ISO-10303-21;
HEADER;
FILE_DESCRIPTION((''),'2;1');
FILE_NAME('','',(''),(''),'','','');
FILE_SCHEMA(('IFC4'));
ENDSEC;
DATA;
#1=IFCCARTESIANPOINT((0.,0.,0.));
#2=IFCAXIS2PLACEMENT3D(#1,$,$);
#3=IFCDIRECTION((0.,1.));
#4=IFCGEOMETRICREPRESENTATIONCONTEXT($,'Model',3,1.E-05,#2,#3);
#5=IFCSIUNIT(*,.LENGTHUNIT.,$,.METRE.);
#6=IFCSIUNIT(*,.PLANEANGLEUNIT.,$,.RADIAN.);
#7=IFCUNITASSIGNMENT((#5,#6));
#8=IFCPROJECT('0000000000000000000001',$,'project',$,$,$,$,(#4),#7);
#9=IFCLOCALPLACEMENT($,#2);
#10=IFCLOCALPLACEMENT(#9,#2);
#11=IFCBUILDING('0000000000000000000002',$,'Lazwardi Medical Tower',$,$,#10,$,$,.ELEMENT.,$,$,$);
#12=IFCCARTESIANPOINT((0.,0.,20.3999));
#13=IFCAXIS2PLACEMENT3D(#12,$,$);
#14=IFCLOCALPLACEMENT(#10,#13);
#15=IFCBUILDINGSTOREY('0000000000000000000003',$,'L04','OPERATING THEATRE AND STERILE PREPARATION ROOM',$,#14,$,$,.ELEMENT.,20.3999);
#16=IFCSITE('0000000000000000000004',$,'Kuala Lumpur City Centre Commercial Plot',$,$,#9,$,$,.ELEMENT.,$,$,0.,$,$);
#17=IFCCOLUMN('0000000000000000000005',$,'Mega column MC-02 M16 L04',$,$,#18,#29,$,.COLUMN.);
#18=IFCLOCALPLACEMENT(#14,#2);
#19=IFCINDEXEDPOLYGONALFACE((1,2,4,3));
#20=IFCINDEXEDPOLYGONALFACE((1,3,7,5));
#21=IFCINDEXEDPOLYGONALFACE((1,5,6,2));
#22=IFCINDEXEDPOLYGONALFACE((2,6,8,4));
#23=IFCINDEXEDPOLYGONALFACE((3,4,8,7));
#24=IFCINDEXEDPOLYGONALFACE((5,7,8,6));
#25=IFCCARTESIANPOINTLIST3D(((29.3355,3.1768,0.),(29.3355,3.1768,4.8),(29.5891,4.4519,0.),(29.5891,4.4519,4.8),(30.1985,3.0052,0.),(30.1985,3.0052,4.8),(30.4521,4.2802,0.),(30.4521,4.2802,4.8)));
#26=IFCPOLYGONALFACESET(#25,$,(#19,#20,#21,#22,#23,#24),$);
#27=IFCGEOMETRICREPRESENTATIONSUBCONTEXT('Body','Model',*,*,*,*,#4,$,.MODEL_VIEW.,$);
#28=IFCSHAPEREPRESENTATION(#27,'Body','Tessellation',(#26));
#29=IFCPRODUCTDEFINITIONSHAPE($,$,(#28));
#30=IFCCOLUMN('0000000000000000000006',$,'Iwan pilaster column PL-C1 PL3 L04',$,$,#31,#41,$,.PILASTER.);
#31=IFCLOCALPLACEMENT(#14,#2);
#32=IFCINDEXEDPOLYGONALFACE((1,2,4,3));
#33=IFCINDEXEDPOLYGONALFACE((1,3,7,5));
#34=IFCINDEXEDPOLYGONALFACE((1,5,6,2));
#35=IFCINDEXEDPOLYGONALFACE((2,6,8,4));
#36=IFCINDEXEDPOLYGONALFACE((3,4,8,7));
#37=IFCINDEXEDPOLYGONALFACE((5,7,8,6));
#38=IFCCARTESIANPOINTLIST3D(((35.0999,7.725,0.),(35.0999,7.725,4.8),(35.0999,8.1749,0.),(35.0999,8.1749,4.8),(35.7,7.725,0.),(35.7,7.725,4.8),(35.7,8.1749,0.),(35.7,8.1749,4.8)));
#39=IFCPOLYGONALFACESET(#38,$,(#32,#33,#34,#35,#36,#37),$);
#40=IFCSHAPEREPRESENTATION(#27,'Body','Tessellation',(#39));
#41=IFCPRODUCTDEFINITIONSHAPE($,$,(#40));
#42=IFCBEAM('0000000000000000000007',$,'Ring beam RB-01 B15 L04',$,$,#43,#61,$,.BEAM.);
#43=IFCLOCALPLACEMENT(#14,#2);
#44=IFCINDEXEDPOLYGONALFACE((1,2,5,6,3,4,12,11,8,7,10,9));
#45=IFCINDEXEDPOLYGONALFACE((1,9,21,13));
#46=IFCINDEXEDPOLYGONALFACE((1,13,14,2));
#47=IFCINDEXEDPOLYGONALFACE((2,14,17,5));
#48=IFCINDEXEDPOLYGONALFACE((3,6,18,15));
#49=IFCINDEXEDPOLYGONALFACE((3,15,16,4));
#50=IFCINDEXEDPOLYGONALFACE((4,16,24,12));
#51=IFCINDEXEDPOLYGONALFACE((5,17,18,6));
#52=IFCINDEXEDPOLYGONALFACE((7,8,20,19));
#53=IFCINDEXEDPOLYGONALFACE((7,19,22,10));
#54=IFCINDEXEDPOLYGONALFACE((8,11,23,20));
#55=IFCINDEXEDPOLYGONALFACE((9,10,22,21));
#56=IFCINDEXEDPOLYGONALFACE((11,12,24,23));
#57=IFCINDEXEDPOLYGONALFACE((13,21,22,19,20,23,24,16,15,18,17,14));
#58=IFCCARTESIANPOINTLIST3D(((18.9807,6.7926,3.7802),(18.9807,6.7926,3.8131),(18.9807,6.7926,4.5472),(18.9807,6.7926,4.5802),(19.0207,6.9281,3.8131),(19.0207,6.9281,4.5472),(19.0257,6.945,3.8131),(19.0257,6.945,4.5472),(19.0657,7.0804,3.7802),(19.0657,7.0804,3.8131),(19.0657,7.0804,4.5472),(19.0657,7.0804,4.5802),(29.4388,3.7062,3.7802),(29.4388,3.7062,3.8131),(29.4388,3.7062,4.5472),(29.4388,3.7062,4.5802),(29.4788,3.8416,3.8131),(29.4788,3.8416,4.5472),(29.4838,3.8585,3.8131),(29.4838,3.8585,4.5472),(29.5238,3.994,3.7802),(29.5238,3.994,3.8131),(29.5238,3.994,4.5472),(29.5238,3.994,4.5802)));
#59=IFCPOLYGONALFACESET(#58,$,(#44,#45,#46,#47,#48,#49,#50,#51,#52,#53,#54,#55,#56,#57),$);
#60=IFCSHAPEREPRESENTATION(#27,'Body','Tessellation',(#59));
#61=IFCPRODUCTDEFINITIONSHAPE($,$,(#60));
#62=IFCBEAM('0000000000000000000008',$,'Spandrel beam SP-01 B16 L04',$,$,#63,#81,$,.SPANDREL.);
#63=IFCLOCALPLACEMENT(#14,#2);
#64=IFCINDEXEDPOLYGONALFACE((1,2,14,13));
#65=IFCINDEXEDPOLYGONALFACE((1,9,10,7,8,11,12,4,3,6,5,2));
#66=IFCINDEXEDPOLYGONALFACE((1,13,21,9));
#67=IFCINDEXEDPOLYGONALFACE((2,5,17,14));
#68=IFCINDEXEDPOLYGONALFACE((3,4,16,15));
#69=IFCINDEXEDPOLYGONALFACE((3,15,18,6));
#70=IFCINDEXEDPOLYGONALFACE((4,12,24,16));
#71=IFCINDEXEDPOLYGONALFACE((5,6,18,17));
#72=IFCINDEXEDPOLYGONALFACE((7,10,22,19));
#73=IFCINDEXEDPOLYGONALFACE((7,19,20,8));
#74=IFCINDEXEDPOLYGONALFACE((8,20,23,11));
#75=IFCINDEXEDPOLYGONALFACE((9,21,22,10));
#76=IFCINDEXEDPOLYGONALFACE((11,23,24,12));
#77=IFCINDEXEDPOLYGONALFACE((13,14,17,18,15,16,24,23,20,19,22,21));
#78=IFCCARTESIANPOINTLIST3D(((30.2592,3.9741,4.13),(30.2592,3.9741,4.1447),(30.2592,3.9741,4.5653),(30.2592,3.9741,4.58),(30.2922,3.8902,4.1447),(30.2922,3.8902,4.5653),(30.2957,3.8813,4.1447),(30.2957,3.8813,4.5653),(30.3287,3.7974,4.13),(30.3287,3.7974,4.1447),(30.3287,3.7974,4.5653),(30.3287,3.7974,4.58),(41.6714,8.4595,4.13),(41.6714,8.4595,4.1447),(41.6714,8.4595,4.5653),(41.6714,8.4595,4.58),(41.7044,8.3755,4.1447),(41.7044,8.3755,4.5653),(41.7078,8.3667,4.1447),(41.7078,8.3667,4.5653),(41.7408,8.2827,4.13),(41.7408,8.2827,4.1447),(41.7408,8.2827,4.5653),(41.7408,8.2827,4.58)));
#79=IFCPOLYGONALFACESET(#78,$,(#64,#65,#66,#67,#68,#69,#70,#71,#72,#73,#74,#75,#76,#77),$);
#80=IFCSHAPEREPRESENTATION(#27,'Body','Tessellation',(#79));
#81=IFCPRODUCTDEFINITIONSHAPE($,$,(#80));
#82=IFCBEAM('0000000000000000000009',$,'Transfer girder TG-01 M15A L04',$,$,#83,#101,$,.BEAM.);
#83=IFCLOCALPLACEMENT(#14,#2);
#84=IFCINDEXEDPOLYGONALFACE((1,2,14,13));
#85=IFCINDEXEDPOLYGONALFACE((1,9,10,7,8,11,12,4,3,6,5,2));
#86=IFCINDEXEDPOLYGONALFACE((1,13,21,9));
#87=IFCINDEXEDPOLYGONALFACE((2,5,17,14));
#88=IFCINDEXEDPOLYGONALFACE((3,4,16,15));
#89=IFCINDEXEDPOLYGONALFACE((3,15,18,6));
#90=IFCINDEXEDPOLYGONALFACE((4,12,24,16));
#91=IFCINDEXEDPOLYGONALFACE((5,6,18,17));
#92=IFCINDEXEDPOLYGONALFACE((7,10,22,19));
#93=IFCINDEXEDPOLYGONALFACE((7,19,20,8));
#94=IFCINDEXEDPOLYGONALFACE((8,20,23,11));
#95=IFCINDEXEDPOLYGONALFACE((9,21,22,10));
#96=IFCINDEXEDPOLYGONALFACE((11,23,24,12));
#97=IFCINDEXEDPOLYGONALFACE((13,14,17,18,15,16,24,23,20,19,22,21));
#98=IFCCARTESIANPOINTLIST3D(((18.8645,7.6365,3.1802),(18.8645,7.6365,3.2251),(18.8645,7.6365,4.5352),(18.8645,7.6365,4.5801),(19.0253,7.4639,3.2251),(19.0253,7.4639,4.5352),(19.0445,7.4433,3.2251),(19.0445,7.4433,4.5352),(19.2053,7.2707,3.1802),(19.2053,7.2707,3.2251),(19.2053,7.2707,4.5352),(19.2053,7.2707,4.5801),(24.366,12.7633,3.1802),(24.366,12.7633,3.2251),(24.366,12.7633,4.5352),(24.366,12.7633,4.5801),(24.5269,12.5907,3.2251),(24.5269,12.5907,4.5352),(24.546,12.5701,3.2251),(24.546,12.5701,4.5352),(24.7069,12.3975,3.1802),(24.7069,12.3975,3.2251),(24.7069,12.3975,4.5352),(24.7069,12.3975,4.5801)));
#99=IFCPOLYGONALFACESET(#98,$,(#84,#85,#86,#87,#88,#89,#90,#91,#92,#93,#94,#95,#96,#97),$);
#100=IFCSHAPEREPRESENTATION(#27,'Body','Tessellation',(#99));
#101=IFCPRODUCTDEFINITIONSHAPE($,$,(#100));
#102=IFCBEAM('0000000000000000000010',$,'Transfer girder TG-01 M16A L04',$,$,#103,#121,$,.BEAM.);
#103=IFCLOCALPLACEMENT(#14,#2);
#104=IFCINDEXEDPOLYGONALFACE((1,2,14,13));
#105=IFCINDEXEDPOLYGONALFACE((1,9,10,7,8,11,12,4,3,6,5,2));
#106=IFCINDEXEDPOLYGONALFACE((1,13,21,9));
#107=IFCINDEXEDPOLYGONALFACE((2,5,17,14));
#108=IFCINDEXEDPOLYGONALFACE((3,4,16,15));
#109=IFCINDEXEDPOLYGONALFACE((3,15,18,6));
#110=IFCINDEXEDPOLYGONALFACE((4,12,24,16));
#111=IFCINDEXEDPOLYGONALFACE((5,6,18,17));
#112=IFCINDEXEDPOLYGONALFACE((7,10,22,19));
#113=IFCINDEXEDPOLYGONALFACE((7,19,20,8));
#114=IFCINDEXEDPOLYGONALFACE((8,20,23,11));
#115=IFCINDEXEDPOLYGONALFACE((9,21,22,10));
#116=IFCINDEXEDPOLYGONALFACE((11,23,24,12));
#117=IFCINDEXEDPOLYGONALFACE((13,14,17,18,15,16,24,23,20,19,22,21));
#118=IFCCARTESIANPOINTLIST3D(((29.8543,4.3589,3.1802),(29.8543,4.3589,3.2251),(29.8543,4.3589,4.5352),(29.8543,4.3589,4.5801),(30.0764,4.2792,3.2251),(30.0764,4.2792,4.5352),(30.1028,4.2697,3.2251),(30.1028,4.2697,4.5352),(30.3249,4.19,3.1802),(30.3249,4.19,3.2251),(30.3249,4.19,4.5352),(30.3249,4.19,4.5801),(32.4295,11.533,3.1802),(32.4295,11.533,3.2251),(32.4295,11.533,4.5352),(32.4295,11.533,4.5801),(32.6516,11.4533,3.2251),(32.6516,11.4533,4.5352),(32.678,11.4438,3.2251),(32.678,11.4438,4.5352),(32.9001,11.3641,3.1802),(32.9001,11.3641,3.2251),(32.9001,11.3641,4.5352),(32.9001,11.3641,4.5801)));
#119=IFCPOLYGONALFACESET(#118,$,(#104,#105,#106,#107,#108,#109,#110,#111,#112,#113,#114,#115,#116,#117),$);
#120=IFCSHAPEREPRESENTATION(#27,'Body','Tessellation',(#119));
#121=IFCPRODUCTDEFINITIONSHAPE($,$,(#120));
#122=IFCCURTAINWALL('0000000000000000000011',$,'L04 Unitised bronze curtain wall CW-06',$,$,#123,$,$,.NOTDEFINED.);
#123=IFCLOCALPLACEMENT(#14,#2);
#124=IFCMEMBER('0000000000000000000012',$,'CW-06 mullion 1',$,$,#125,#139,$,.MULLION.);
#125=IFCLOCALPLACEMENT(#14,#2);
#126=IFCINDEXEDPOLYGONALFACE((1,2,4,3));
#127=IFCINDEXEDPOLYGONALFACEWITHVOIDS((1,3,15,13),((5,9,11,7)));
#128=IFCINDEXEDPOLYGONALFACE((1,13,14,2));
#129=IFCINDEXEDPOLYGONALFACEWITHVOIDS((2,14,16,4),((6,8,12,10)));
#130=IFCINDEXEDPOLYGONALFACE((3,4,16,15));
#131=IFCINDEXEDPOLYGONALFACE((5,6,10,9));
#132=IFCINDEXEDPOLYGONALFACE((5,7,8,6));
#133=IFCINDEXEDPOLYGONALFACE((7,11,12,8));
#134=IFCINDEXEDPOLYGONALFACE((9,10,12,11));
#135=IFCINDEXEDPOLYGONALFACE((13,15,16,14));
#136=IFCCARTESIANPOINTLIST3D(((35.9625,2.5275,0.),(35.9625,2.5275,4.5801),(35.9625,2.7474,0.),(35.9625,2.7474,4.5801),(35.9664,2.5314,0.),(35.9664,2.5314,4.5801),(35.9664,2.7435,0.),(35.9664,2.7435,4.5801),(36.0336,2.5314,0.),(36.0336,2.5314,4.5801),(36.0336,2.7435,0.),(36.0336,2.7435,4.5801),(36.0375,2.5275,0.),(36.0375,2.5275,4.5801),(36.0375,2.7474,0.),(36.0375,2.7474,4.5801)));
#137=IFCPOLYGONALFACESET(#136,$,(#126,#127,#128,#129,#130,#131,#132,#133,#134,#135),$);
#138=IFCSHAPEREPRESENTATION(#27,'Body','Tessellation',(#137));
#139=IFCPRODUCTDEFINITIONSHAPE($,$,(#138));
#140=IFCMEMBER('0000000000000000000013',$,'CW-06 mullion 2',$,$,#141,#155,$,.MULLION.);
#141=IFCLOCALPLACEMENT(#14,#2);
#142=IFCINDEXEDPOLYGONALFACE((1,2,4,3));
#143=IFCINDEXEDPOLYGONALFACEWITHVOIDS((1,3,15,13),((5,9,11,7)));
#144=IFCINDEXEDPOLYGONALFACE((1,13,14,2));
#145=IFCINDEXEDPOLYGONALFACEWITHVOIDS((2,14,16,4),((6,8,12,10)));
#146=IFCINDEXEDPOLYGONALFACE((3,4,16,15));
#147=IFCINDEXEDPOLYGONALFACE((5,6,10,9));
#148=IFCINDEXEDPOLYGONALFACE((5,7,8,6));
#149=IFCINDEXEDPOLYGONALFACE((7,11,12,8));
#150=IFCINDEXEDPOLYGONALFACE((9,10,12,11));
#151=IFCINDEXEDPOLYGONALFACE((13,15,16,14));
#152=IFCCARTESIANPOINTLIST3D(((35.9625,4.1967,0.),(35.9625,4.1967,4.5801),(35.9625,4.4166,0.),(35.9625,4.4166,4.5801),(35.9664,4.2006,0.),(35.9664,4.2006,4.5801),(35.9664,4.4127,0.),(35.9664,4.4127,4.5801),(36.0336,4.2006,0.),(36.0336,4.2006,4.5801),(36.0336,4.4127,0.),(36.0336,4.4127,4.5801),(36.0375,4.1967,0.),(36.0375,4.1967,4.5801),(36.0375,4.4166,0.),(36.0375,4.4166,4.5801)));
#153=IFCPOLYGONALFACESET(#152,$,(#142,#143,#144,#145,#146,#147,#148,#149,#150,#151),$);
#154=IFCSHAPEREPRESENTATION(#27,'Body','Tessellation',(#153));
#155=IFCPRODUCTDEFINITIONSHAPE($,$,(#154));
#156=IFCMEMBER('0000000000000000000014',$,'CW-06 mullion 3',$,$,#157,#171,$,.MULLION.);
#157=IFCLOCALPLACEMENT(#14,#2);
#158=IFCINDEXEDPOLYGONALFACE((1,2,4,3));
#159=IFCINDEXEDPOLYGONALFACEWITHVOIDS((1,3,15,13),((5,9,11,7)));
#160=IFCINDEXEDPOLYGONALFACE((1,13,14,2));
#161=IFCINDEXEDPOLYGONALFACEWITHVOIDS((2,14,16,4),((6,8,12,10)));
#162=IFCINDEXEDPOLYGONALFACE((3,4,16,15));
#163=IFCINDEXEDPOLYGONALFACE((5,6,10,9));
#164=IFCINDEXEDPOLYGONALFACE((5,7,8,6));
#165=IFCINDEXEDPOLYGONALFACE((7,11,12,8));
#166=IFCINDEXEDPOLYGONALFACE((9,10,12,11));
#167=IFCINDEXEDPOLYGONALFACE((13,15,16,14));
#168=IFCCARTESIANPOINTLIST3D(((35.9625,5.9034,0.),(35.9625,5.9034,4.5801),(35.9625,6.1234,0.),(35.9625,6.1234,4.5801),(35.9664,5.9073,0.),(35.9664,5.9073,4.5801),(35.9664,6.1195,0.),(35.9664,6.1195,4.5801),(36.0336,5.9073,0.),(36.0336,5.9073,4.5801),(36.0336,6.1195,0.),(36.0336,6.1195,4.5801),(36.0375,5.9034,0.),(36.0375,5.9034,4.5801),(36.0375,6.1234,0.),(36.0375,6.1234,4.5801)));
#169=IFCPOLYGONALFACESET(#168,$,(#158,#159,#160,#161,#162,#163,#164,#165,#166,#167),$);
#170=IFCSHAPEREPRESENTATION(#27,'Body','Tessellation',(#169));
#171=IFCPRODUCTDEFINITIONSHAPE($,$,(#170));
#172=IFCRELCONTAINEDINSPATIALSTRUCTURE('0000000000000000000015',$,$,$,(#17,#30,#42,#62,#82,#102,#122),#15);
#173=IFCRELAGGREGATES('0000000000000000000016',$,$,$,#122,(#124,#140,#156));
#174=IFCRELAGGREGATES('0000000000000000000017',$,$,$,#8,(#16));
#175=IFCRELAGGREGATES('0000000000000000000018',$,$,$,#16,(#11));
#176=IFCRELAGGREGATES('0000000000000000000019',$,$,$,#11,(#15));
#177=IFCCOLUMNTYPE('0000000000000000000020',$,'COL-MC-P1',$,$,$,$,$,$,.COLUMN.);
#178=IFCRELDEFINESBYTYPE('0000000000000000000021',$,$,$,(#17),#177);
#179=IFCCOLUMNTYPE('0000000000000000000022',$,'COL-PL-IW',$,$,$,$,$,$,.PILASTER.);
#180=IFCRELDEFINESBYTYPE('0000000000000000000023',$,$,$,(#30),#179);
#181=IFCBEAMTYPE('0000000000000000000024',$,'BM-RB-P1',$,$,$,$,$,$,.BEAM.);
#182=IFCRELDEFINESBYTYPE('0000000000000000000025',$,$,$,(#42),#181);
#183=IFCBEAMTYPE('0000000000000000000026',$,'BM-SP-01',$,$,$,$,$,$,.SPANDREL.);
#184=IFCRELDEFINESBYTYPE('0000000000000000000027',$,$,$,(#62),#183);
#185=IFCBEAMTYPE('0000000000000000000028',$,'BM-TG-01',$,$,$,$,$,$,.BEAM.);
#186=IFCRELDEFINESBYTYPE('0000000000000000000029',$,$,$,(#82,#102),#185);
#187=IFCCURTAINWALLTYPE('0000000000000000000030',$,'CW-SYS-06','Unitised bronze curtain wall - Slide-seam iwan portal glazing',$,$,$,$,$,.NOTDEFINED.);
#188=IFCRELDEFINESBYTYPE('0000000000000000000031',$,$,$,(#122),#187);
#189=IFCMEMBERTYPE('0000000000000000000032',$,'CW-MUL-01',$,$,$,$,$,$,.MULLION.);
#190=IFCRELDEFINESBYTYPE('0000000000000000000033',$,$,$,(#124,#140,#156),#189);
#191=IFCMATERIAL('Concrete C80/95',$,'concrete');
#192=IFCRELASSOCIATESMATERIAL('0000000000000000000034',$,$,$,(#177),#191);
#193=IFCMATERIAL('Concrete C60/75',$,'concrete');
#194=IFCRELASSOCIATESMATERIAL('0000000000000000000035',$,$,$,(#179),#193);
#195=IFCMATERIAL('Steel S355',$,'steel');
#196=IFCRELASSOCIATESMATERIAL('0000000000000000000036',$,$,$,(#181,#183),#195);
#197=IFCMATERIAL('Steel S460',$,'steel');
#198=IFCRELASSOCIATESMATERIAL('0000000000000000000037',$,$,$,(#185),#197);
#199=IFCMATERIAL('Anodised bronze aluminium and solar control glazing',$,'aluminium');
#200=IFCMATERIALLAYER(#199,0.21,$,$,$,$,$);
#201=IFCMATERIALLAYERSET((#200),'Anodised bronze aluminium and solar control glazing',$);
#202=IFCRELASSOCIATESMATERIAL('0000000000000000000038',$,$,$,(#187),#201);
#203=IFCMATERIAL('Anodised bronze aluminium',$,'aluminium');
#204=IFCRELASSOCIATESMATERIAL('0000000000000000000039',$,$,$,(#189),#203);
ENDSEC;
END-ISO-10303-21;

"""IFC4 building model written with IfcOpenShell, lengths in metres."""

from ifc_helpers import new_model, si_unit, direction, frame, origin, origin_2d, place, context, subcontext, project, spatial, rectangle, hollow_rectangle, i_section, extrude, material, layer, layer_set, material_profile, profile_set, type_object, element, aggregate, save


model = new_model("IFC4")

# Units and contexts
model_context = context("Model", 3, precision=1e-05, world=origin(), true_north=direction((0.0, 1.0)))
body_context = subcontext(model_context, "Body", "Model", "MODEL_VIEW")
ifc_project = project(units=[si_unit("LENGTHUNIT", "METRE"), si_unit("PLANEANGLEUNIT", "RADIAN")], contexts=[model_context])

# Site, building, storey
site_placement = place(None, origin())
site = spatial("IfcSite", under=ifc_project, at=site_placement, Name="Kuala Lumpur City Centre Commercial Plot", CompositionType="ELEMENT", RefElevation=0.0)
building_placement = place(site_placement, origin())
building = spatial("IfcBuilding", under=site, at=building_placement, Name="Lazwardi Medical Tower", CompositionType="ELEMENT")
storey_placement = place(building_placement, frame((0.0, 0.0, 20.3999)))
storey = spatial("IfcBuildingStorey", under=building, at=storey_placement, Name="L04", Description="OPERATING THEATRE AND STERILE PREPARATION ROOM", CompositionType="ELEMENT", Elevation=20.3999)

# Columns
ifc_material_1 = material(Name="Concrete C80/95", Category="concrete")
ifc_material_profile_1 = material_profile(ifc_material_1, rectangle(XDim=1.3, YDim=0.8799, at=origin_2d()), Name="CFT-RECT 1300x880")
ifc_profile_set_1 = profile_set([ifc_material_profile_1], Name="Concrete C80/95")
column_type_1 = type_object("IfcColumnType", Name="COL-MC-P1", PredefinedType="COLUMN", material=ifc_profile_set_1)
column_1_placement = place(storey_placement, frame((29.8938, 3.7285, 0.0), z_axis=(0.0, 0.0, 1.0), x_axis=(-0.19509, -0.980785, 0.0)))
element("IfcColumn", 1, at=column_1_placement, inside=storey, type_object=column_type_1, Name="Mega column MC-02 M16 L04", PredefinedType="COLUMN", context=body_context, shape_type="SweptSolid", body=[
    extrude(rectangle(XDim=1.3, YDim=0.8799, at=origin_2d()), origin(), (0.0, 0.0, 1.0), 4.8),
])
ifc_material_2 = material(Name="Concrete C60/75", Category="concrete")
ifc_material_profile_2 = material_profile(ifc_material_2, rectangle(XDim=0.6001, YDim=0.45, at=origin_2d()), Name="RC 600x450")
ifc_profile_set_2 = profile_set([ifc_material_profile_2], Name="Concrete C60/75")
column_type_2 = type_object("IfcColumnType", Name="COL-PL-IW", PredefinedType="PILASTER", material=ifc_profile_set_2)
column_2_placement = place(storey_placement, frame((35.3999, 7.95, 0.0), z_axis=(0.0, 0.0, 1.0), x_axis=(1.0, 0.0, 0.0)))
element("IfcColumn", 2, at=column_2_placement, inside=storey, type_object=column_type_2, Name="Iwan pilaster column PL-C1 PL3 L04", PredefinedType="PILASTER", context=body_context, shape_type="SweptSolid", body=[
    extrude(rectangle(XDim=0.6001, YDim=0.45, at=origin_2d()), origin(), (0.0, 0.0, 1.0), 4.8),
])

# Beams
ifc_material_3 = material(Name="Steel S355", Category="steel")
ifc_material_profile_3 = material_profile(ifc_material_3, i_section(OverallWidth=0.3, OverallDepth=0.8, WebThickness=0.0176, FlangeThickness=0.033, at=origin_2d()), Name="HEB 800")
ifc_profile_set_3 = profile_set([ifc_material_profile_3], Name="Steel S355")
beam_type_1 = type_object("IfcBeamType", Name="BM-RB-P1", PredefinedType="BEAM", material=ifc_profile_set_3)
beam_1_placement = place(storey_placement, frame((19.0232, 6.9365, 4.1802), z_axis=(0.959103, -0.283056, 0.0), x_axis=(0.283056, 0.959103, 0.0)))
element("IfcBeam", 3, at=beam_1_placement, inside=storey, type_object=beam_type_1, Name="Ring beam RB-01 B15 L04", PredefinedType="BEAM", context=body_context, shape_type="SweptSolid", body=[
    extrude(i_section(OverallWidth=0.3, OverallDepth=0.8, WebThickness=0.0176, FlangeThickness=0.033, at=origin_2d()), origin(), (0.0, 0.0, 1.0), 10.9041),
])
ifc_material_profile_4 = material_profile(ifc_material_3, i_section(OverallWidth=0.1899, OverallDepth=0.45, WebThickness=0.0095, FlangeThickness=0.0146, at=origin_2d()), Name="IPE 450")
ifc_profile_set_4 = profile_set([ifc_material_profile_4], Name="Steel S355")
beam_type_2 = type_object("IfcBeamType", Name="BM-SP-01", PredefinedType="SPANDREL", material=ifc_profile_set_4)
beam_2_placement = place(storey_placement, frame((30.2939, 3.8857, 4.355), z_axis=(0.930695, 0.365795, 0.0), x_axis=(-0.365795, 0.930695, 0.0)))
element("IfcBeam", 4, at=beam_2_placement, inside=storey, type_object=beam_type_2, Name="Spandrel beam SP-01 B16 L04", PredefinedType="SPANDREL", context=body_context, shape_type="SweptSolid", body=[
    extrude(i_section(OverallWidth=0.1899, OverallDepth=0.45, WebThickness=0.0095, FlangeThickness=0.0146, at=origin_2d()), origin(), (0.0, 0.0, 1.0), 12.262),
])
ifc_material_4 = material(Name="Steel S460", Category="steel")
ifc_material_profile_5 = material_profile(ifc_material_4, i_section(OverallWidth=0.5, OverallDepth=1.3999, WebThickness=0.0281, FlangeThickness=0.0449, at=origin_2d()), Name="PG 1400x500")
ifc_profile_set_5 = profile_set([ifc_material_profile_5], Name="Steel S460")
beam_type_3 = type_object("IfcBeamType", Name="BM-TG-01", PredefinedType="BEAM", material=ifc_profile_set_5)
beam_3_placement = place(storey_placement, frame((19.0349, 7.4536, 3.8801), z_axis=(0.731585, 0.68175, 0.0), x_axis=(-0.68175, 0.731585, 0.0)))
element("IfcBeam", 5, at=beam_3_placement, inside=storey, type_object=beam_type_3, Name="Transfer girder TG-01 M15A L04", PredefinedType="BEAM", context=body_context, shape_type="SweptSolid", body=[
    extrude(i_section(OverallWidth=0.5, OverallDepth=1.3999, WebThickness=0.0281, FlangeThickness=0.0449, at=origin_2d()), origin(), (0.0, 0.0, 1.0), 7.52),
])
beam_4_placement = place(storey_placement, frame((30.0896, 4.2744, 3.8801), z_axis=(0.337852, 0.941199, 0.0), x_axis=(-0.941199, 0.337852, 0.0)))
element("IfcBeam", 6, at=beam_4_placement, inside=storey, type_object=beam_type_3, Name="Transfer girder TG-01 M16A L04", PredefinedType="BEAM", context=body_context, shape_type="SweptSolid", body=[
    extrude(i_section(OverallWidth=0.5, OverallDepth=1.3999, WebThickness=0.0281, FlangeThickness=0.0449, at=origin_2d()), origin(), (0.0, 0.0, 1.0), 7.6223),
])

# Curtain wall, members
ifc_material_5 = material(Name="Anodised bronze aluminium and solar control glazing", Category="aluminium")
ifc_layer_1 = layer(ifc_material_5, 0.21)
ifc_layer_set_1 = layer_set([ifc_layer_1], Name="Anodised bronze aluminium and solar control glazing")
curtain_wall_type_1 = type_object("IfcCurtainWallType", Name="CW-SYS-06", Description="Unitised bronze curtain wall - Slide-seam iwan portal glazing", PredefinedType="NOTDEFINED", material=ifc_layer_set_1)
curtain_wall_1_placement = place(storey_placement, origin())
curtain_wall_1 = element("IfcCurtainWall", 7, at=curtain_wall_1_placement, inside=storey, type_object=curtain_wall_type_1, Name="L04 Unitised bronze curtain wall CW-06", PredefinedType="NOTDEFINED")
ifc_material_6 = material(Name="Anodised bronze aluminium", Category="aluminium")
ifc_material_profile_6 = material_profile(ifc_material_6, hollow_rectangle(XDim=0.075, YDim=0.22, WallThickness=0.0039, at=origin_2d()), Name="ALU-MULLION 220x75x4")
ifc_profile_set_6 = profile_set([ifc_material_profile_6], Name="Anodised bronze aluminium")
member_type_1 = type_object("IfcMemberType", Name="CW-MUL-01", PredefinedType="MULLION", material=ifc_profile_set_6)
member_1_placement = place(storey_placement, frame((36.0, 2.6375, 0.0), z_axis=(0.0, 0.0, 1.0), x_axis=(-1.0, 0.0, 0.0)))
member_1 = element("IfcMember", 8, at=member_1_placement, type_object=member_type_1, Name="CW-06 mullion 1", PredefinedType="MULLION", context=body_context, shape_type="SweptSolid", body=[
    extrude(hollow_rectangle(XDim=0.075, YDim=0.22, WallThickness=0.0039, at=origin_2d()), origin(), (0.0, 0.0, 1.0), 4.5801),
])
member_2_placement = place(storey_placement, frame((36.0, 4.3066, 0.0), z_axis=(0.0, 0.0, 1.0), x_axis=(-1.0, 0.0, 0.0)))
member_2 = element("IfcMember", 9, at=member_2_placement, type_object=member_type_1, Name="CW-06 mullion 2", PredefinedType="MULLION", context=body_context, shape_type="SweptSolid", body=[
    extrude(hollow_rectangle(XDim=0.075, YDim=0.22, WallThickness=0.0039, at=origin_2d()), origin(), (0.0, 0.0, 1.0), 4.5801),
])
member_3_placement = place(storey_placement, frame((36.0, 6.0134, 0.0), z_axis=(0.0, 0.0, 1.0), x_axis=(-1.0, 0.0, 0.0)))
member_3 = element("IfcMember", 10, at=member_3_placement, type_object=member_type_1, Name="CW-06 mullion 3", PredefinedType="MULLION", context=body_context, shape_type="SweptSolid", body=[
    extrude(hollow_rectangle(XDim=0.075, YDim=0.22, WallThickness=0.0039, at=origin_2d()), origin(), (0.0, 0.0, 1.0), 4.5801),
])
aggregate(curtain_wall_1, [member_1, member_2, member_3])

save(model, "model.ifc")
